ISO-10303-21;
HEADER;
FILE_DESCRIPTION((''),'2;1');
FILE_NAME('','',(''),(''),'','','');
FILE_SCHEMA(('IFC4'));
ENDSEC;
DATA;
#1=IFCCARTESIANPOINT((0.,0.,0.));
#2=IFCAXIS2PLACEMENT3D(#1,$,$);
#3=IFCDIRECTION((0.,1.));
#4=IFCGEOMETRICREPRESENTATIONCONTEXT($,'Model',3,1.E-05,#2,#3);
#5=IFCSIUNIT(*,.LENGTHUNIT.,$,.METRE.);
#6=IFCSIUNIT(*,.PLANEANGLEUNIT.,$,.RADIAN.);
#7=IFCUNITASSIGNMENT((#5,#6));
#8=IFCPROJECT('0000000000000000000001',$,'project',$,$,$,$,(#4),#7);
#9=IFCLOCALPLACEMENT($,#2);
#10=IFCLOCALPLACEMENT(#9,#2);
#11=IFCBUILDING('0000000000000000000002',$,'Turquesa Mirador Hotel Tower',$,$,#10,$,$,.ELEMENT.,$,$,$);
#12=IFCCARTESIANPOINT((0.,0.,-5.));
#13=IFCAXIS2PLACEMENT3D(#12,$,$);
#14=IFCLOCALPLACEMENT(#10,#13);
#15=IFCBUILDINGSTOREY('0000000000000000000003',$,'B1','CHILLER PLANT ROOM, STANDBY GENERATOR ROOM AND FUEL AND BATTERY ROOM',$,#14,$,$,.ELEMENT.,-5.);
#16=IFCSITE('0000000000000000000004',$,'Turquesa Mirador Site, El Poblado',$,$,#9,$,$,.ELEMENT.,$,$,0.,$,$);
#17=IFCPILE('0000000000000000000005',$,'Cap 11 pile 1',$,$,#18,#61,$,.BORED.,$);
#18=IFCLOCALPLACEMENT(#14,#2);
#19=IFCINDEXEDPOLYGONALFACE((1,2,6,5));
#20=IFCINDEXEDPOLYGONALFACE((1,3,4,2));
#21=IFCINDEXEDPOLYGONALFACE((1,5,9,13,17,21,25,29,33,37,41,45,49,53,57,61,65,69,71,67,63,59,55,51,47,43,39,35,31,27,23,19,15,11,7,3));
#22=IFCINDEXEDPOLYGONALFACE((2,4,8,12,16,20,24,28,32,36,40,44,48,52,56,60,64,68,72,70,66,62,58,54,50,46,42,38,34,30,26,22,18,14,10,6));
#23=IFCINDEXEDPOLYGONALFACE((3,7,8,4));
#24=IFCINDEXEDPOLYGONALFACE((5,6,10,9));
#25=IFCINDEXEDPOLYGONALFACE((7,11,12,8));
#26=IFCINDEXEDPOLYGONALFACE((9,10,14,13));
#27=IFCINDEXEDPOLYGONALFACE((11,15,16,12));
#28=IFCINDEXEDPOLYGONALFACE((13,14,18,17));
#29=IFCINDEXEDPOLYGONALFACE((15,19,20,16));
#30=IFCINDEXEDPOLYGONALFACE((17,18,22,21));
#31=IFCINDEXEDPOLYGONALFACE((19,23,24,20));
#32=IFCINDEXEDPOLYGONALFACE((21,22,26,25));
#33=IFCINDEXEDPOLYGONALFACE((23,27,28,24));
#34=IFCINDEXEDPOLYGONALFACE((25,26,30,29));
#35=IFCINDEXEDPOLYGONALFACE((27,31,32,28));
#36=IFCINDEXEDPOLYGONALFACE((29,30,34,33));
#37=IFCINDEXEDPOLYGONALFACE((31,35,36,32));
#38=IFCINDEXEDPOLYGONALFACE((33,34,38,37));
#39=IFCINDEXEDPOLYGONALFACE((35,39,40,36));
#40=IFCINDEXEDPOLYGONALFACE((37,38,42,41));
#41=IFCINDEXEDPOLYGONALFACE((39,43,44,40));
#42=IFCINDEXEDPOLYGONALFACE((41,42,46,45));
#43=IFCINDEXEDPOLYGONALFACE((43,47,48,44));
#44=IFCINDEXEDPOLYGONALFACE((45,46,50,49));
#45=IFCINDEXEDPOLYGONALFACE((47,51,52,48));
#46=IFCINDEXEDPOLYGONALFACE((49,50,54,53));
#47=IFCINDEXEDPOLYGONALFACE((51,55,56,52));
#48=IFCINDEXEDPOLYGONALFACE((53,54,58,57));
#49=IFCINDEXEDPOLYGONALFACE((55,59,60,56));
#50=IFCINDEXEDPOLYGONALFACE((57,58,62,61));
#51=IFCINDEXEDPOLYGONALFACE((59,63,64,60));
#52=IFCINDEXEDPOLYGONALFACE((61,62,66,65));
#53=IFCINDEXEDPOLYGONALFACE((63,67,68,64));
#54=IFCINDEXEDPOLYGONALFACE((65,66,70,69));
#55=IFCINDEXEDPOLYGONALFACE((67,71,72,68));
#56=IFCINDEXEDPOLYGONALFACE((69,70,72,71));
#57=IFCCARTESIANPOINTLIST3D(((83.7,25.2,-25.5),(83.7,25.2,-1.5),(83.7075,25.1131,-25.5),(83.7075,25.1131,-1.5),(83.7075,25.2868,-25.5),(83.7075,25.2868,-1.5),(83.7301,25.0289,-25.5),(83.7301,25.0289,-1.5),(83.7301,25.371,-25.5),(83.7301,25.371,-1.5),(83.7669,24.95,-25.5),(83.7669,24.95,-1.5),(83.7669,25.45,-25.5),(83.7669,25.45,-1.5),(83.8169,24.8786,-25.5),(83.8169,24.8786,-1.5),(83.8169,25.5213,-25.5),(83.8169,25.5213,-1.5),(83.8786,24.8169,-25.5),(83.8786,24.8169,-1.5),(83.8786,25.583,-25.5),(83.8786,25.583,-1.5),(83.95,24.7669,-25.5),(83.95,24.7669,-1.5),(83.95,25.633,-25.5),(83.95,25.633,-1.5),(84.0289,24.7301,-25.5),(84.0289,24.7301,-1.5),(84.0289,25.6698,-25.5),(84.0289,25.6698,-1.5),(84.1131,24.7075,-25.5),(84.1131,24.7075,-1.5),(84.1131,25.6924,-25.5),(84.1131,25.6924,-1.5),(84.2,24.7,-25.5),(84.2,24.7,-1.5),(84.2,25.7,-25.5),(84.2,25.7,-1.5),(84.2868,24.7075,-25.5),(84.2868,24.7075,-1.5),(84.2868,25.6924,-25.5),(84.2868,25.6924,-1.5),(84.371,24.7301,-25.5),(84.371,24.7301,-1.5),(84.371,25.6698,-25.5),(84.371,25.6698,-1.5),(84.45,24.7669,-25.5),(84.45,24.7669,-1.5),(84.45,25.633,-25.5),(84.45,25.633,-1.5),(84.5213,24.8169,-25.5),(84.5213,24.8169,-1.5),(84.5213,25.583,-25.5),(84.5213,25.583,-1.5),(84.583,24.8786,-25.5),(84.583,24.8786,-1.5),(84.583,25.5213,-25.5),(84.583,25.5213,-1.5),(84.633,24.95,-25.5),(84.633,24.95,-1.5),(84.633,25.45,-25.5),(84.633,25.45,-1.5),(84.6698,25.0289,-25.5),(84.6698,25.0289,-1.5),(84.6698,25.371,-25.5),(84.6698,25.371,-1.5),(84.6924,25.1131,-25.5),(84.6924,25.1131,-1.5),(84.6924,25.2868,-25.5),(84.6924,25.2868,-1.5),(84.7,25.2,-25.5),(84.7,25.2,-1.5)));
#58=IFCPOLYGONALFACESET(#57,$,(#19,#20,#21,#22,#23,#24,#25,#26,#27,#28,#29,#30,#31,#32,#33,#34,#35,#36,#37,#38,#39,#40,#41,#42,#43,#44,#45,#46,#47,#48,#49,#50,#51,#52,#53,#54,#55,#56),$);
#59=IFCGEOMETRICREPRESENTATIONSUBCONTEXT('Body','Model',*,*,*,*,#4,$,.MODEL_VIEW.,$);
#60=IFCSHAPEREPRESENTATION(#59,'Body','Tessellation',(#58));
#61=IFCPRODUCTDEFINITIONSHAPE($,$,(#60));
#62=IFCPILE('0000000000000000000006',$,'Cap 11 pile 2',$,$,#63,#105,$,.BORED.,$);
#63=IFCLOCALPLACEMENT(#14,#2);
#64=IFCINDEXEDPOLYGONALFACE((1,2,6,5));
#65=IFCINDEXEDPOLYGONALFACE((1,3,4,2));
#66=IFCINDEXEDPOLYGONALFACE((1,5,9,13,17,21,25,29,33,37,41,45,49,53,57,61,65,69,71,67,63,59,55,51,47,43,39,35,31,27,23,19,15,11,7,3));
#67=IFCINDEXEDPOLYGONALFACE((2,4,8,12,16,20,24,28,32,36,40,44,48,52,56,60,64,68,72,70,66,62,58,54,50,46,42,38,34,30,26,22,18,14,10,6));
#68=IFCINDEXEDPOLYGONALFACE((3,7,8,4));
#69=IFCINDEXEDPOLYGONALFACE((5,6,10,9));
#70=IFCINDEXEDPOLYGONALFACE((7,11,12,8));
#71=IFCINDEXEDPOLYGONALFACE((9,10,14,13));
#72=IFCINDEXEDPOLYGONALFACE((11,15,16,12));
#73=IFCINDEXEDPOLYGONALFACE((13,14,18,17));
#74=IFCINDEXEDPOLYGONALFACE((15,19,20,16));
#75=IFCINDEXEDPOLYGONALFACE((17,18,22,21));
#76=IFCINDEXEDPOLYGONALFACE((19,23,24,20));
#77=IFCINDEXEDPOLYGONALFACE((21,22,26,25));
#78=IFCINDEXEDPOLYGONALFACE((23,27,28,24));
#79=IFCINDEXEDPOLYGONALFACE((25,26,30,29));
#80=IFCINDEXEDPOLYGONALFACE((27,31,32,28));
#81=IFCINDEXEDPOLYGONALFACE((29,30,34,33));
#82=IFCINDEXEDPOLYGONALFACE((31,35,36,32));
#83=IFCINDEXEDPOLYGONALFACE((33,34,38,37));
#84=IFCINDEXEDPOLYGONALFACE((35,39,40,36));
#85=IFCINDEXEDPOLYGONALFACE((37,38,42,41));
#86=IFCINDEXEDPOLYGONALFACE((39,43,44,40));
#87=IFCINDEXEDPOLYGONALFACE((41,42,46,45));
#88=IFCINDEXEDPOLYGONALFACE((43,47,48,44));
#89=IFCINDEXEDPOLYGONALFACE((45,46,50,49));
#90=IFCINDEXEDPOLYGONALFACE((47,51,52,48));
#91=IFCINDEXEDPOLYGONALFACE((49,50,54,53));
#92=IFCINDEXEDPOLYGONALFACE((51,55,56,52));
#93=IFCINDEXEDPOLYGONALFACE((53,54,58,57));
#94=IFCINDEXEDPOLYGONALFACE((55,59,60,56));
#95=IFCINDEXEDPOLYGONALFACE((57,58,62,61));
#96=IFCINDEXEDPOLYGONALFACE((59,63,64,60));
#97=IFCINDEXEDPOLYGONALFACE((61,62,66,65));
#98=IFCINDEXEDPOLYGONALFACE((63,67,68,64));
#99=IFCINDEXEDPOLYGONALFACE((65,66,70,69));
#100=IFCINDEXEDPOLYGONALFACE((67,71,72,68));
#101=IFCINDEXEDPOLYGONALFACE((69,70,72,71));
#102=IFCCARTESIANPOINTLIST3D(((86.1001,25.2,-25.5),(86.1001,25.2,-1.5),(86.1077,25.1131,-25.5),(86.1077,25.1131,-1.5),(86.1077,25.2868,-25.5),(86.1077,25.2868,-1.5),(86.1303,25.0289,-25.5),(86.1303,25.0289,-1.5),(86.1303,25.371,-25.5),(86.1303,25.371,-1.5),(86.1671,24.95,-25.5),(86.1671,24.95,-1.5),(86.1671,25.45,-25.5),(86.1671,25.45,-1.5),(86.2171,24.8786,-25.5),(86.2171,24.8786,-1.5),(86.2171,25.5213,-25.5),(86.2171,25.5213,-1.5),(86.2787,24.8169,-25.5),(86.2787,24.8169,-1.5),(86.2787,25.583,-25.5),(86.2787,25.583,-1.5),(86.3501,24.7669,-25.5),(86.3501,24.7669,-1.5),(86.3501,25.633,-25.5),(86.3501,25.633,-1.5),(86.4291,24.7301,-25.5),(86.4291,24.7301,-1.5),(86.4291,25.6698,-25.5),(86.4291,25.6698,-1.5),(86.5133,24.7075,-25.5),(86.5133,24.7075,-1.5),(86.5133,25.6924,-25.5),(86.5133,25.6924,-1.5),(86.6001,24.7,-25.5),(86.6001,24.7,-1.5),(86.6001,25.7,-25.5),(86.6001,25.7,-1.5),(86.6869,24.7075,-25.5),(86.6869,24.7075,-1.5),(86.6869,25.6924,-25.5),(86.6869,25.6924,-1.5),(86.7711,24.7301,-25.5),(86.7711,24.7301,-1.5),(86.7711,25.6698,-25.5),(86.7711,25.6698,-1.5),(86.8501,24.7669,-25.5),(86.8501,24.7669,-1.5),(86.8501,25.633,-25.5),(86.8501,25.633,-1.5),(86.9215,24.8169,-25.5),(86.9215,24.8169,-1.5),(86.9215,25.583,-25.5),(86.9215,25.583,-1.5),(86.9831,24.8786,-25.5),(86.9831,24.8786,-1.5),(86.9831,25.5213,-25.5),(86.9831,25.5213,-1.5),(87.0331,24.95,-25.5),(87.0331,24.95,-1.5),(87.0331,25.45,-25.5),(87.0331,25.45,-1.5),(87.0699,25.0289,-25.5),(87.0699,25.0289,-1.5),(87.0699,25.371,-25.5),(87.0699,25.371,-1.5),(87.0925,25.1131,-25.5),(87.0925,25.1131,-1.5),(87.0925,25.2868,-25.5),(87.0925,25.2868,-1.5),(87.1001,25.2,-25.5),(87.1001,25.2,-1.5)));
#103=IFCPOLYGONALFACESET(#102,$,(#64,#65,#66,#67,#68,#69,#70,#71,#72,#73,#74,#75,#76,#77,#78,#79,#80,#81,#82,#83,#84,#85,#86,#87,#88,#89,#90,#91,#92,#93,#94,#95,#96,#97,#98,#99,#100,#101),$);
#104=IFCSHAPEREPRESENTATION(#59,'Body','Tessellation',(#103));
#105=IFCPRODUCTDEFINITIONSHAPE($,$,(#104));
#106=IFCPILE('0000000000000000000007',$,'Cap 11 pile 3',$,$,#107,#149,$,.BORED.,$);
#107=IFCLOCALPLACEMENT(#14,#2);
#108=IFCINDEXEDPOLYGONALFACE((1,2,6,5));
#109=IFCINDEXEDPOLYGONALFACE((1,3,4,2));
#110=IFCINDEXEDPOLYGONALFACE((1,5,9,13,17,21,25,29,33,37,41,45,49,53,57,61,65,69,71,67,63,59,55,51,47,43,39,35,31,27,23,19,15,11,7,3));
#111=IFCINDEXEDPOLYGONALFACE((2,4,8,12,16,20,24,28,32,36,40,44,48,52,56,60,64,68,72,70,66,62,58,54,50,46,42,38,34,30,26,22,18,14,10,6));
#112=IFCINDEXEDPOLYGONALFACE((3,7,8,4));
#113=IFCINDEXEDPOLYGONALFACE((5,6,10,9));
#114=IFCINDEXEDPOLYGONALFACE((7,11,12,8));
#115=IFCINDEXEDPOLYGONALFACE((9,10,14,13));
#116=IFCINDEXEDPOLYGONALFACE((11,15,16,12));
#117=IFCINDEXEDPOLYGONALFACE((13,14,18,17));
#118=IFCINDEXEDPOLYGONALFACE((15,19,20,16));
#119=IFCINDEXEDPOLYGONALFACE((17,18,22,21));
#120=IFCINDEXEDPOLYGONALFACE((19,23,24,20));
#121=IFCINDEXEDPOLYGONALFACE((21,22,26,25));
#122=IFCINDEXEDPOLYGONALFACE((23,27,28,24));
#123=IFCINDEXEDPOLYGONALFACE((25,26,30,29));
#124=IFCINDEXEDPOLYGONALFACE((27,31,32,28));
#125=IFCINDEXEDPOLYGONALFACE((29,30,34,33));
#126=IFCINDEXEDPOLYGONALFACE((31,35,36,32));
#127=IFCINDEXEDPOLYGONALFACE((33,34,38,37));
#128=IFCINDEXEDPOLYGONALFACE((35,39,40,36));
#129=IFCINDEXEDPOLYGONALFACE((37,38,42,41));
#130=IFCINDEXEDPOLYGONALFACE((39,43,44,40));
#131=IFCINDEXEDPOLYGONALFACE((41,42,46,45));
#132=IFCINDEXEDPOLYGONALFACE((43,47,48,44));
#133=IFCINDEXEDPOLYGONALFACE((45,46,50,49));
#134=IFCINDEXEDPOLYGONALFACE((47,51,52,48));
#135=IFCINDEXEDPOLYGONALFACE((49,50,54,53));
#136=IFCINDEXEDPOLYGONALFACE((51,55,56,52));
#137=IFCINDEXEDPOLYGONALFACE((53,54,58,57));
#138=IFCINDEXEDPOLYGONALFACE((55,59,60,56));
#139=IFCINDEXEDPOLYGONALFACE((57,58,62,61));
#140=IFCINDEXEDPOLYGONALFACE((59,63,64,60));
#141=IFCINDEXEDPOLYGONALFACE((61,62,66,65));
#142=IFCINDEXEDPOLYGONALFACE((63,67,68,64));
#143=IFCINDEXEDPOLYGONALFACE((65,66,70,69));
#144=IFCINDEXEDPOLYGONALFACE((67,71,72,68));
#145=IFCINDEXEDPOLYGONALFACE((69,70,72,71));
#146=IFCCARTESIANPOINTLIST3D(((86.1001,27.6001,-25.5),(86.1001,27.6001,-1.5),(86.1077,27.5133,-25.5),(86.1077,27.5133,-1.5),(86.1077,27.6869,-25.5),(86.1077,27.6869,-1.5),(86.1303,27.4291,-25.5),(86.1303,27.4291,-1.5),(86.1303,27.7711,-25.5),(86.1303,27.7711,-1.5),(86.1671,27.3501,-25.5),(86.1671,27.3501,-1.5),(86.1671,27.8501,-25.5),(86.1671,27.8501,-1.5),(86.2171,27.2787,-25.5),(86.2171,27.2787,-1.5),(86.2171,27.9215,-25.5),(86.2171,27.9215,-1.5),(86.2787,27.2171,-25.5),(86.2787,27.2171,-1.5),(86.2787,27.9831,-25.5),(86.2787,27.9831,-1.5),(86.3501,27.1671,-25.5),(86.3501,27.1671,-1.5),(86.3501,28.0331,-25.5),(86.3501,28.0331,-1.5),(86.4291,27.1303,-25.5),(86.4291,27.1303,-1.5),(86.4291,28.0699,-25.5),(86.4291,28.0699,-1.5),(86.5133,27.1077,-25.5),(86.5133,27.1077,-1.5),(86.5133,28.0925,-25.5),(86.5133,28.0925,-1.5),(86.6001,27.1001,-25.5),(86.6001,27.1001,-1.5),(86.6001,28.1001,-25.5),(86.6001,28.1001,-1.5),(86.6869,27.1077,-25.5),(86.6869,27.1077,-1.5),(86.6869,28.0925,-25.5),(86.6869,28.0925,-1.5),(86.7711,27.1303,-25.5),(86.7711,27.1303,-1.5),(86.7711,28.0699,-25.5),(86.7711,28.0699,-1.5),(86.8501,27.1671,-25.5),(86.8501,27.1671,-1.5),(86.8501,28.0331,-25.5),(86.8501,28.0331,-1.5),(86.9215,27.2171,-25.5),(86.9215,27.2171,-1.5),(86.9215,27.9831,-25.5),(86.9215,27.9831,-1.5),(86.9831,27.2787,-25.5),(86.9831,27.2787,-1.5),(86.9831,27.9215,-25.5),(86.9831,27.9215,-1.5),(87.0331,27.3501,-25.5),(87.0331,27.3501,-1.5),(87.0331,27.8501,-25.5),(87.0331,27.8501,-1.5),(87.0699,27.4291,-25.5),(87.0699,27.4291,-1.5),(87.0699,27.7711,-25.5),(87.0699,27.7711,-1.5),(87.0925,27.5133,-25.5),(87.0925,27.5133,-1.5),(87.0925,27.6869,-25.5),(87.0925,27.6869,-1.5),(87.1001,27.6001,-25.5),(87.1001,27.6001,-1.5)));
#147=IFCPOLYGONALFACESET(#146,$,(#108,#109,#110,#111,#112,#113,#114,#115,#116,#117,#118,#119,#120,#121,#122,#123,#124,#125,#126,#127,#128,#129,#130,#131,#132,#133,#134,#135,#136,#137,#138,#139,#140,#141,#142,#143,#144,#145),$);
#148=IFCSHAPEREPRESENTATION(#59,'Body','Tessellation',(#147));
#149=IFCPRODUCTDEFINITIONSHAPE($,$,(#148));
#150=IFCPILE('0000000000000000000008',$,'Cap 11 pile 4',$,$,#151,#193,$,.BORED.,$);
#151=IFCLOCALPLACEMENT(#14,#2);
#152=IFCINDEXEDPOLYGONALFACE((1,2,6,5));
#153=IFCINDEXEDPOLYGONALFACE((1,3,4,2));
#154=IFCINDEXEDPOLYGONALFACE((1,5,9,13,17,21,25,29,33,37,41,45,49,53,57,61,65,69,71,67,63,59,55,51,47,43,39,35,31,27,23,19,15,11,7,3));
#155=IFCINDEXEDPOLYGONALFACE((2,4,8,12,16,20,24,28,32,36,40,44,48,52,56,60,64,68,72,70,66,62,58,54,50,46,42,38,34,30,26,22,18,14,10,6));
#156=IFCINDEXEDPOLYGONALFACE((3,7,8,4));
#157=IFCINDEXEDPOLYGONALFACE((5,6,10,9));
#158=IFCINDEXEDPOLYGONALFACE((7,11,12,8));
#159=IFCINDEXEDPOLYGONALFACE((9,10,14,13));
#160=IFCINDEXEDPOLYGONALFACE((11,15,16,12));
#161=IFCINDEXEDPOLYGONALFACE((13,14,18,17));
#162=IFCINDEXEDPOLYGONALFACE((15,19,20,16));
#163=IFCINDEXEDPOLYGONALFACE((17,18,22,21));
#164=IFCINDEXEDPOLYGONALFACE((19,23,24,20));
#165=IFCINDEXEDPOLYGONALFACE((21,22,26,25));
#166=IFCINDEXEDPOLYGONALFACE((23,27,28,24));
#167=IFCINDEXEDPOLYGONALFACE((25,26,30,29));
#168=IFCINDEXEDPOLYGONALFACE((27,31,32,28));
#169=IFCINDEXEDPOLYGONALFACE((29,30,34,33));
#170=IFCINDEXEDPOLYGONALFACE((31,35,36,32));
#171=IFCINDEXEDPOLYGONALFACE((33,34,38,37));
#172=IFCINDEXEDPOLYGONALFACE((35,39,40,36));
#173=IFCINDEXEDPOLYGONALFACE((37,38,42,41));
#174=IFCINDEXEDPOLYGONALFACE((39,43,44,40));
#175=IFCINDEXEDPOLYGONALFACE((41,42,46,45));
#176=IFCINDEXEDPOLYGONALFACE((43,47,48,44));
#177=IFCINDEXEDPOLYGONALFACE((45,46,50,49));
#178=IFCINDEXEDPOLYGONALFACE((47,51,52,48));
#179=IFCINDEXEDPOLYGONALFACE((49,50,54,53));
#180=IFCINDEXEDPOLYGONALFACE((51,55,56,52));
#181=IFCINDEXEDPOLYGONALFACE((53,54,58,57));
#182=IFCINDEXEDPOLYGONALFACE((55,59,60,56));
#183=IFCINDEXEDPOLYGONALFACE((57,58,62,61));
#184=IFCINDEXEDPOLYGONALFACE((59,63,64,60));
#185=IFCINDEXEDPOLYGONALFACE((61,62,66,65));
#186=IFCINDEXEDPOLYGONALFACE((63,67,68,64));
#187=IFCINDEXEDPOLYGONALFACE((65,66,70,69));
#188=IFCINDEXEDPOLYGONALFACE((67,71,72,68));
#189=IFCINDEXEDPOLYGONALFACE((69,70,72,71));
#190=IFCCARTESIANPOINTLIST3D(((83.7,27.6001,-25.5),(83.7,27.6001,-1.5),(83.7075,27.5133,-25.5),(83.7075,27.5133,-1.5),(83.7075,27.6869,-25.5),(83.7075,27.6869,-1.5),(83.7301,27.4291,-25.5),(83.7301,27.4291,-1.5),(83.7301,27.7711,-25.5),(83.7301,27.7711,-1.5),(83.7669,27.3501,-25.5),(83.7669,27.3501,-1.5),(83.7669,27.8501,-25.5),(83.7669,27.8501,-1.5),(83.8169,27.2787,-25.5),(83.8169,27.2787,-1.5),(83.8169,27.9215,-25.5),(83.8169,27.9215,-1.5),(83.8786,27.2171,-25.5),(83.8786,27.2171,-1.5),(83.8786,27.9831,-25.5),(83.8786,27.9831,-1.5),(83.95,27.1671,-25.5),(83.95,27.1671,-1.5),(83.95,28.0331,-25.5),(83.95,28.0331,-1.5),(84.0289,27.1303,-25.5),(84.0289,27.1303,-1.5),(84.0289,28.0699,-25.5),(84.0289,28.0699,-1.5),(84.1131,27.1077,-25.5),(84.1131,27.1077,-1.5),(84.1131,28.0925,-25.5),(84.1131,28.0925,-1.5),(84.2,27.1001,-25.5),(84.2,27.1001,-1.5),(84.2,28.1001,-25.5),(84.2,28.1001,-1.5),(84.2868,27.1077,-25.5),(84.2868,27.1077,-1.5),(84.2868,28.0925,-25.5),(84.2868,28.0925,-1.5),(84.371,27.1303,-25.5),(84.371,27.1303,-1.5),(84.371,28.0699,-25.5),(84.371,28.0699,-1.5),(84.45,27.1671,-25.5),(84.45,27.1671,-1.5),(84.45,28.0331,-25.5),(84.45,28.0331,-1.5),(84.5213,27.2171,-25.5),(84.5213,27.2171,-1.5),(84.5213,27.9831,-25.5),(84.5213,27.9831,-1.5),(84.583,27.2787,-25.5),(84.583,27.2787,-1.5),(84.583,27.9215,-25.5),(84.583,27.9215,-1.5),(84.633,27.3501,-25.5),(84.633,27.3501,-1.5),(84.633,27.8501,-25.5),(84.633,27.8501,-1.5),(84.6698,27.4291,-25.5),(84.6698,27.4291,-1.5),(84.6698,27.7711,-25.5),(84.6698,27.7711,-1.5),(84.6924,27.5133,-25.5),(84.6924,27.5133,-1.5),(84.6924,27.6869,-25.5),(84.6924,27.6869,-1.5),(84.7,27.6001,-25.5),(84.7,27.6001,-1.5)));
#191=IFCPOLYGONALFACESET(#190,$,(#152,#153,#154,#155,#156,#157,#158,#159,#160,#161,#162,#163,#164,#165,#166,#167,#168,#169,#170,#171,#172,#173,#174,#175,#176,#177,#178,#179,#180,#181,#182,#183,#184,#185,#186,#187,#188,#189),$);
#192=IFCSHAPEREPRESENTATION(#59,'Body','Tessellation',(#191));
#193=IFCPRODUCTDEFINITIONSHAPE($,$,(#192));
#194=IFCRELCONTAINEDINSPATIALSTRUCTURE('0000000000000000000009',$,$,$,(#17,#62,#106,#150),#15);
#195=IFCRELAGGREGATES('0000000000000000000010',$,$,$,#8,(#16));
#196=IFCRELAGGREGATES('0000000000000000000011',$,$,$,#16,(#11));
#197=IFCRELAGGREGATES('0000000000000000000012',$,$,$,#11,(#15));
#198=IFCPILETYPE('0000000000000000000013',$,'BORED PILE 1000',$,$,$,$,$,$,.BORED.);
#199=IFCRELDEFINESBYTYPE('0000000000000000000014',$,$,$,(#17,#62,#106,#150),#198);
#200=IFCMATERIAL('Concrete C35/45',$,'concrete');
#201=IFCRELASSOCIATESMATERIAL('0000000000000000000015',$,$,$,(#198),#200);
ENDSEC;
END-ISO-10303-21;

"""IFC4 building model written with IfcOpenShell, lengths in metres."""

from ifc_helpers import new_model, si_unit, direction, frame, origin, origin_2d, place, context, subcontext, project, spatial, circle, extrude, material, type_object, element, save


model = new_model("IFC4")

# Units and contexts
model_context = context("Model", 3, precision=1e-05, world=origin(), true_north=direction((0.0, 1.0)))
body_context = subcontext(model_context, "Body", "Model", "MODEL_VIEW")
ifc_project = project(units=[si_unit("LENGTHUNIT", "METRE"), si_unit("PLANEANGLEUNIT", "RADIAN")], contexts=[model_context])

# Site, building, storey
site_placement = place(None, origin())
site = spatial("IfcSite", under=ifc_project, at=site_placement, Name="Turquesa Mirador Site, El Poblado", CompositionType="ELEMENT", RefElevation=0.0)
building_placement = place(site_placement, origin())
building = spatial("IfcBuilding", under=site, at=building_placement, Name="Turquesa Mirador Hotel Tower", CompositionType="ELEMENT")
storey_placement = place(building_placement, frame((0.0, 0.0, -5.0)))
storey = spatial("IfcBuildingStorey", under=building, at=storey_placement, Name="B1", Description="CHILLER PLANT ROOM, STANDBY GENERATOR ROOM AND FUEL AND BATTERY ROOM", CompositionType="ELEMENT", Elevation=-5.0)

# Piles
ifc_material_1 = material(Name="Concrete C35/45", Category="concrete")
pile_type_1 = type_object("IfcPileType", Name="BORED PILE 1000", PredefinedType="BORED", material=ifc_material_1)
for number, where, z_axis, x_axis, name in (
    (1, (84.2, 25.2, -1.5), (0.0, 0.0, -1.0), (1.0, 0.0, 0.0), "Cap 11 pile 1"),
    (2, (86.6001, 25.2, -1.5), (0.0, 0.0, -1.0), (1.0, 0.0, 0.0), "Cap 11 pile 2"),
    (3, (86.6001, 27.6001, -1.5), (0.0, 0.0, -1.0), (1.0, 0.0, 0.0), "Cap 11 pile 3"),
    (4, (84.2, 27.6001, -1.5), (0.0, 0.0, -1.0), (1.0, 0.0, 0.0), "Cap 11 pile 4"),
):
    element("IfcPile", number, at=place(storey_placement, frame(where, z_axis=z_axis, x_axis=x_axis)), inside=storey, type_object=pile_type_1, Name=name, PredefinedType="BORED", context=body_context, shape_type="SweptSolid", body=[
        extrude(circle(Radius=0.5, at=origin_2d()), origin(), (0.0, 0.0, 1.0), 24.0),
    ])

save(model, "model.ifc")
